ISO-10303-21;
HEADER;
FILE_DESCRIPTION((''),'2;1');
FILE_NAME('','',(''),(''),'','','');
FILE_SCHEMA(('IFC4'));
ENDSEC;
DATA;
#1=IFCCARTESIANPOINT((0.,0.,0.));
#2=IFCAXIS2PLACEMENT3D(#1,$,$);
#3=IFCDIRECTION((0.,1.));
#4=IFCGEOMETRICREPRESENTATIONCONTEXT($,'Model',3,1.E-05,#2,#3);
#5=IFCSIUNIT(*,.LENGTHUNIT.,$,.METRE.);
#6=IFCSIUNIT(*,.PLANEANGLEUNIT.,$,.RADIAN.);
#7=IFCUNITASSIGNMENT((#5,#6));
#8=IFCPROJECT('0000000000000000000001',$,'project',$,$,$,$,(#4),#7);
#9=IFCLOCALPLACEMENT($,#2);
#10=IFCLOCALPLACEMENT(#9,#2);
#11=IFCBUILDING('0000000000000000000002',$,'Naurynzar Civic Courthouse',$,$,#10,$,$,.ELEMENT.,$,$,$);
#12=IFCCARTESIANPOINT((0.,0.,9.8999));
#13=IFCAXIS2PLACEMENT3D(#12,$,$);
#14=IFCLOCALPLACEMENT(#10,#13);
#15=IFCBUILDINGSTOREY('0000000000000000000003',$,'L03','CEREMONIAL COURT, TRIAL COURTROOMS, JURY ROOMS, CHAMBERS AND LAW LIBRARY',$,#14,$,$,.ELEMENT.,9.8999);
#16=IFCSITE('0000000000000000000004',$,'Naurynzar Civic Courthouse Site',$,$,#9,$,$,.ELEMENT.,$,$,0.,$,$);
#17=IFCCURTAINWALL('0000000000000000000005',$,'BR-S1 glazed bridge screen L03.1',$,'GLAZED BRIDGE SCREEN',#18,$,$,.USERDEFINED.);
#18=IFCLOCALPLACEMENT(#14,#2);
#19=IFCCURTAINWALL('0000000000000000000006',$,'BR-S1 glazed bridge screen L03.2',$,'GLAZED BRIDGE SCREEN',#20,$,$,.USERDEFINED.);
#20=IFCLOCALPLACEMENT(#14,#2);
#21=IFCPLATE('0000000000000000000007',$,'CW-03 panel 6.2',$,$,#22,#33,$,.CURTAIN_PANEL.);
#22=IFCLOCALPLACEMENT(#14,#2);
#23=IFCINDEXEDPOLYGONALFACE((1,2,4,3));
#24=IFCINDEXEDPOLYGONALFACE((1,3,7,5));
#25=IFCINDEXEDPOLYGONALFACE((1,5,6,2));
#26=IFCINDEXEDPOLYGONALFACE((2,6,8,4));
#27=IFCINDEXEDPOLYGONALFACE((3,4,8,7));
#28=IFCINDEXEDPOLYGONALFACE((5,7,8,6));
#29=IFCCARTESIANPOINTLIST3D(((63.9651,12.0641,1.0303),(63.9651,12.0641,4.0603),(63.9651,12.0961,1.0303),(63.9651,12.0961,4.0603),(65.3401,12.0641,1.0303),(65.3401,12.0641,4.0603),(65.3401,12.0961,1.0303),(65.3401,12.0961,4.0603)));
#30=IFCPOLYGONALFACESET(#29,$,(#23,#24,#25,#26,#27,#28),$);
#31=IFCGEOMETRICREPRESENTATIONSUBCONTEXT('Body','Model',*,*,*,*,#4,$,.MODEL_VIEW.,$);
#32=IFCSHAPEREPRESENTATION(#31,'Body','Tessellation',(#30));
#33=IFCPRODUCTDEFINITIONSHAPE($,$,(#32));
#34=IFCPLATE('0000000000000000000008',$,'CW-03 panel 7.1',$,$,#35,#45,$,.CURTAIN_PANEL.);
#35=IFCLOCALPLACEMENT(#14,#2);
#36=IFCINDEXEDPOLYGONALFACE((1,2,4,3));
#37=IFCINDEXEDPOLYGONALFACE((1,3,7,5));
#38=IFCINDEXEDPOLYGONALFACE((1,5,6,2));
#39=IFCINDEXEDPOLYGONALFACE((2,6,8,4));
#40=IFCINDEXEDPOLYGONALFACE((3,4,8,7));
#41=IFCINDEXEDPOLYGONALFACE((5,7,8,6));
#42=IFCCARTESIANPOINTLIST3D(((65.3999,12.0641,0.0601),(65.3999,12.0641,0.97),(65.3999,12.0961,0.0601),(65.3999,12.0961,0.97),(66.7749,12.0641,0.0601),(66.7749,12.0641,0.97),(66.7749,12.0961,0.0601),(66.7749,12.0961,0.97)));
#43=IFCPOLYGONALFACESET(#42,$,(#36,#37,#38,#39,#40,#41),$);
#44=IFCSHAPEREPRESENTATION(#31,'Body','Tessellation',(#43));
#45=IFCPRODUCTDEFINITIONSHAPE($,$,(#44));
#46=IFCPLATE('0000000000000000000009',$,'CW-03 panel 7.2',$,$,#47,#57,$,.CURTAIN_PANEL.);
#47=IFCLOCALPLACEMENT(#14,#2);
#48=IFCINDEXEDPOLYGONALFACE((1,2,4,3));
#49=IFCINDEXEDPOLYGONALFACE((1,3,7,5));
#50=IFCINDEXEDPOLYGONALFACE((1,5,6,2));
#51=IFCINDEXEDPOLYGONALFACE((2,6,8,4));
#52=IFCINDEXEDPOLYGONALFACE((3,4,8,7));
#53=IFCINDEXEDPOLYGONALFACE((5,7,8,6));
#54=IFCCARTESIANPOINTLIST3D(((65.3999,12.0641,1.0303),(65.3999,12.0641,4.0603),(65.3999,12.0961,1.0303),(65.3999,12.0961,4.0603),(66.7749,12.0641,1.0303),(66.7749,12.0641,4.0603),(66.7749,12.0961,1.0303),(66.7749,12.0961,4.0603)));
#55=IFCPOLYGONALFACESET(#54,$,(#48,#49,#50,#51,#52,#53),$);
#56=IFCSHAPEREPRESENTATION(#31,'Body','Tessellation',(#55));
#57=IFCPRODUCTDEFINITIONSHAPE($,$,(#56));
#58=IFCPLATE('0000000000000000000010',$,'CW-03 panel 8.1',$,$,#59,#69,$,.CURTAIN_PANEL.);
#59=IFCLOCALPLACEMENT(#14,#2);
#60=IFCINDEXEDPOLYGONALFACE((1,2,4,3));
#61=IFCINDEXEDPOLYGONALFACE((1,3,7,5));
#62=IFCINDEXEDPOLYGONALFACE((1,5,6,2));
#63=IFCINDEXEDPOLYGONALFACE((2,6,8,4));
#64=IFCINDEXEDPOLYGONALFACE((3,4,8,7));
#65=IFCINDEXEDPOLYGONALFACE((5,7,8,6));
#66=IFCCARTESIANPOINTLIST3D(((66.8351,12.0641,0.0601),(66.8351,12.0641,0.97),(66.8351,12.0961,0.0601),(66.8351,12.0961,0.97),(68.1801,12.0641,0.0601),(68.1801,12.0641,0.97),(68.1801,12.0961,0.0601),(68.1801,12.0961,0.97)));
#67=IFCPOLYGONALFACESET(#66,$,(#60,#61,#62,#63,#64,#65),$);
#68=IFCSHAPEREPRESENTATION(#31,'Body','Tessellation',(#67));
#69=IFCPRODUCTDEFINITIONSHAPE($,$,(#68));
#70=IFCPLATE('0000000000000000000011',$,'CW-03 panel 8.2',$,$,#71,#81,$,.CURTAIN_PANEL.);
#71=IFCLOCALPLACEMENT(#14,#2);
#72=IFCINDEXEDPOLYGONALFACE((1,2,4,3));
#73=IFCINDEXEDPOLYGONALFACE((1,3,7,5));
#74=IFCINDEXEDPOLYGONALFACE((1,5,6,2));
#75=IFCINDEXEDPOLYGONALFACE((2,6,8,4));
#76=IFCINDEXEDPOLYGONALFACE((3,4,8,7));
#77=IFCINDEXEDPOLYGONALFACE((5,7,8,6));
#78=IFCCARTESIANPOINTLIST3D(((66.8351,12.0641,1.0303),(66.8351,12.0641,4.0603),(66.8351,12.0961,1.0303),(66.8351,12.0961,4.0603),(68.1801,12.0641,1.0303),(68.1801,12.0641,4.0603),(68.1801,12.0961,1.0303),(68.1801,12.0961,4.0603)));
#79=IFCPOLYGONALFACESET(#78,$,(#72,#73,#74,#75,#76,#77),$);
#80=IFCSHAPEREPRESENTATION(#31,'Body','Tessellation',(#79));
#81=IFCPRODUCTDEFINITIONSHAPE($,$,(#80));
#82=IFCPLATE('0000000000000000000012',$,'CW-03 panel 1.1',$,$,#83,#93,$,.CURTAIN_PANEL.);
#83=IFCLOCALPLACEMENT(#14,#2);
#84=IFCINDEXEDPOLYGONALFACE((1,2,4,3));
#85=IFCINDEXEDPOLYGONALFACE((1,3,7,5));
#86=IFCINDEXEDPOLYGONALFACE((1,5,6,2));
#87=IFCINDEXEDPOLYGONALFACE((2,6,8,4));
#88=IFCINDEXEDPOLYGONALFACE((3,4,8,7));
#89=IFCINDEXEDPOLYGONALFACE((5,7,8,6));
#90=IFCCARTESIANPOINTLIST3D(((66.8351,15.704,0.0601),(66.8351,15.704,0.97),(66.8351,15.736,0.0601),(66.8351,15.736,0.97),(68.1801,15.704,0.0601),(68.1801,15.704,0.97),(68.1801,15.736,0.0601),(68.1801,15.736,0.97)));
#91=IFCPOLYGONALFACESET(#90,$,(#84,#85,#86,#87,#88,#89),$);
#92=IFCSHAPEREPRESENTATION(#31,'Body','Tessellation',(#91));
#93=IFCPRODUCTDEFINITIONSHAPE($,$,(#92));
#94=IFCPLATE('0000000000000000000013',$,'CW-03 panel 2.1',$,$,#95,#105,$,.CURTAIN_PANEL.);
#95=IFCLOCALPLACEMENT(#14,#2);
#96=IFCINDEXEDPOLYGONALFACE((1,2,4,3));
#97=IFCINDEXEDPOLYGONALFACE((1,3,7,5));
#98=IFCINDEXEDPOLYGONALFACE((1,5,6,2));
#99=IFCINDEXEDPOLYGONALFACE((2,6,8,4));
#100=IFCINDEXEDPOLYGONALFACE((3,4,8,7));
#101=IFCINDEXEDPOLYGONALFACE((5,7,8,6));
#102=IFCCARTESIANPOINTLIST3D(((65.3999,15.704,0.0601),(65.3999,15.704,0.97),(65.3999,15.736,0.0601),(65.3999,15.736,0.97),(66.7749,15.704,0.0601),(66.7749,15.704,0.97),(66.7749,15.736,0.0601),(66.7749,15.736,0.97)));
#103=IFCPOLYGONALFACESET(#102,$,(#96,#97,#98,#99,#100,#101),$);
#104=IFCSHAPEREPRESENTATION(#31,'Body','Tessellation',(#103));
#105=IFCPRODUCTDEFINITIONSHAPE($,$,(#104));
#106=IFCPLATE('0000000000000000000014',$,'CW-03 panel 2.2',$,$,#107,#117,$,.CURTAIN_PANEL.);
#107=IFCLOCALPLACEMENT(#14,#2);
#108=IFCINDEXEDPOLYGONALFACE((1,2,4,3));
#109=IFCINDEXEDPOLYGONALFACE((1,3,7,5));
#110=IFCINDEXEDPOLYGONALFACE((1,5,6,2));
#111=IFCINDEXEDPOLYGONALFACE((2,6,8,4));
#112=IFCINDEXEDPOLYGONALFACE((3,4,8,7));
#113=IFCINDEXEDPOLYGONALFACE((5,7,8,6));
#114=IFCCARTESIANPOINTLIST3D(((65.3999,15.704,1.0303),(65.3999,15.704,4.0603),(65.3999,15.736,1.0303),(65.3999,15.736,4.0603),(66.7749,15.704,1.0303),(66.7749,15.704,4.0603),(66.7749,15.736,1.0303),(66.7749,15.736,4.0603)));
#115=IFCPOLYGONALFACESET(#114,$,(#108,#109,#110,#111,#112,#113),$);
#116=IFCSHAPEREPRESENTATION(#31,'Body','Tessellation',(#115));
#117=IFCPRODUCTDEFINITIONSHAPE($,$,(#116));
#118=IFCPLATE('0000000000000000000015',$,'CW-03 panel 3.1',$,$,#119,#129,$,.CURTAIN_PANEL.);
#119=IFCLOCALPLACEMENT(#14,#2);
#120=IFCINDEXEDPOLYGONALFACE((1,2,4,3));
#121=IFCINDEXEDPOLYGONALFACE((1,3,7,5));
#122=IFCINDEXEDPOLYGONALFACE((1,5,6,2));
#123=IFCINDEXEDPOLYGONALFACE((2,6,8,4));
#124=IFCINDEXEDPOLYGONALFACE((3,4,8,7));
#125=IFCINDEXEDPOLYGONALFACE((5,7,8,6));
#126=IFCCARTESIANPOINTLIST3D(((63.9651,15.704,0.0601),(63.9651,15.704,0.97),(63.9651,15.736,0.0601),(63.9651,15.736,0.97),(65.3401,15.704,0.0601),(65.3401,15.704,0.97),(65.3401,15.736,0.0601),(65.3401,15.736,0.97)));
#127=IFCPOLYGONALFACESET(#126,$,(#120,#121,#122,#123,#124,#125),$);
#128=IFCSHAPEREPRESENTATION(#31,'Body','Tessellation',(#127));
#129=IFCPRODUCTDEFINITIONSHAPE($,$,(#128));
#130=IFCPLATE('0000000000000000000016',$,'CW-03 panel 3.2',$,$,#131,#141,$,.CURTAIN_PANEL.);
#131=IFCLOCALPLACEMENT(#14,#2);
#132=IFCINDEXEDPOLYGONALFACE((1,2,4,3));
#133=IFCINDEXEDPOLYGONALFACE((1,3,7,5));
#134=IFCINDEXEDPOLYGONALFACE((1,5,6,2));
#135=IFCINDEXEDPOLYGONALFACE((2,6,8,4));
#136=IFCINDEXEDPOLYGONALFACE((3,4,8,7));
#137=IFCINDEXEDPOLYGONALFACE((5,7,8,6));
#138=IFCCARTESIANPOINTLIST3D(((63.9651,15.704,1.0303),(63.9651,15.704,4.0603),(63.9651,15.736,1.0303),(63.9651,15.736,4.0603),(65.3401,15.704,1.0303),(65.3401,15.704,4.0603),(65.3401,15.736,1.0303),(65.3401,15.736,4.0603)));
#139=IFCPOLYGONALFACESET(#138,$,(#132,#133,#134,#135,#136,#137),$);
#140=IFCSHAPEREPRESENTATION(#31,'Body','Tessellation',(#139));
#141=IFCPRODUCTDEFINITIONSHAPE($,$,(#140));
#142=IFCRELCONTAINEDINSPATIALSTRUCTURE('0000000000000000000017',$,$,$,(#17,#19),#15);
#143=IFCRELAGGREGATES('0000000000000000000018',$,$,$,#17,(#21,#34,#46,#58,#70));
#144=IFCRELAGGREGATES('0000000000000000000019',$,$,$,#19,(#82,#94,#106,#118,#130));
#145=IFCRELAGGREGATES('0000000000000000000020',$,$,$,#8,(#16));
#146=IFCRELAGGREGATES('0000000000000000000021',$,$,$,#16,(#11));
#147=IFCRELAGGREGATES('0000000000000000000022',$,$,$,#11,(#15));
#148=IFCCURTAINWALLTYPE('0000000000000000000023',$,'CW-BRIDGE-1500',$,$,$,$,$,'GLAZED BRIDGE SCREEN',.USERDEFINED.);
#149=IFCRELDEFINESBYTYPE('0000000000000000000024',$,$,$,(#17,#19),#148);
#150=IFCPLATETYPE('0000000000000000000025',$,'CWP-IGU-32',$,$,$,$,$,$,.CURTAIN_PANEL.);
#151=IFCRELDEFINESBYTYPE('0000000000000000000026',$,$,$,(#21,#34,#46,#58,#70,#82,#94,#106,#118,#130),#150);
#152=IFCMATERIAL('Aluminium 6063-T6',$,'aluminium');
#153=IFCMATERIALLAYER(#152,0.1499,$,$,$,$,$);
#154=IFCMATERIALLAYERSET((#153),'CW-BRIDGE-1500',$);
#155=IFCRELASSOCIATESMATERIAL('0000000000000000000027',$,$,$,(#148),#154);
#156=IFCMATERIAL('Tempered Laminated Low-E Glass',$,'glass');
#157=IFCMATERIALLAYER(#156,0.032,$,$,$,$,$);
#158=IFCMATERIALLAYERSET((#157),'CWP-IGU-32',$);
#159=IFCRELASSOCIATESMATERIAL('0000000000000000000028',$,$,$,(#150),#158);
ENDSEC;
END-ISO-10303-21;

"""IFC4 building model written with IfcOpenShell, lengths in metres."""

from ifc_helpers import new_model, si_unit, direction, frame, origin, origin_2d, place, context, subcontext, project, spatial, rectangle, extrude, material, layer, layer_set, type_object, element, aggregate, save


model = new_model("IFC4")

# Units and contexts
model_context = context("Model", 3, precision=1e-05, world=origin(), true_north=direction((0.0, 1.0)))
body_context = subcontext(model_context, "Body", "Model", "MODEL_VIEW")
ifc_project = project(units=[si_unit("LENGTHUNIT", "METRE"), si_unit("PLANEANGLEUNIT", "RADIAN")], contexts=[model_context])

# Site, building, storey
site_placement = place(None, origin())
site = spatial("IfcSite", under=ifc_project, at=site_placement, Name="Naurynzar Civic Courthouse Site", CompositionType="ELEMENT", RefElevation=0.0)
building_placement = place(site_placement, origin())
building = spatial("IfcBuilding", under=site, at=building_placement, Name="Naurynzar Civic Courthouse", CompositionType="ELEMENT")
storey_placement = place(building_placement, frame((0.0, 0.0, 9.8999)))
storey = spatial("IfcBuildingStorey", under=building, at=storey_placement, Name="L03", Description="CEREMONIAL COURT, TRIAL COURTROOMS, JURY ROOMS, CHAMBERS AND LAW LIBRARY", CompositionType="ELEMENT", Elevation=9.8999)

# Curtain walls
ifc_material_1 = material(Name="Aluminium 6063-T6", Category="aluminium")
ifc_layer_1 = layer(ifc_material_1, 0.1499)
ifc_layer_set_1 = layer_set([ifc_layer_1], Name="CW-BRIDGE-1500")
curtain_wall_type = type_object("IfcCurtainWallType", Name="CW-BRIDGE-1500", ElementType="GLAZED BRIDGE SCREEN", PredefinedType="USERDEFINED", material=ifc_layer_set_1)
curtain_wall_1_placement = place(storey_placement, origin())
curtain_wall_1 = element("IfcCurtainWall", 1, at=curtain_wall_1_placement, inside=storey, type_object=curtain_wall_type, Name="BR-S1 glazed bridge screen L03.1", ObjectType="GLAZED BRIDGE SCREEN", PredefinedType="USERDEFINED")
curtain_wall_2_placement = place(storey_placement, origin())
curtain_wall_2 = element("IfcCurtainWall", 2, at=curtain_wall_2_placement, inside=storey, type_object=curtain_wall_type, Name="BR-S1 glazed bridge screen L03.2", ObjectType="GLAZED BRIDGE SCREEN", PredefinedType="USERDEFINED")

# Plates
ifc_material_2 = material(Name="Tempered Laminated Low-E Glass", Category="glass")
ifc_layer_2 = layer(ifc_material_2, 0.032)
ifc_layer_set_2 = layer_set([ifc_layer_2], Name="CWP-IGU-32")
plate_type = type_object("IfcPlateType", Name="CWP-IGU-32", PredefinedType="CURTAIN_PANEL", material=ifc_layer_set_2)
plate_1_placement = place(storey_placement, frame((64.6526, 12.0801, 1.0303), z_axis=(0.0, 0.0, 1.0), x_axis=(1.0, 0.0, 0.0)))
plate_1 = element("IfcPlate", 3, at=plate_1_placement, type_object=plate_type, Name="CW-03 panel 6.2", PredefinedType="CURTAIN_PANEL", context=body_context, shape_type="SweptSolid", body=[
    extrude(rectangle(XDim=1.375, YDim=0.032, at=origin_2d()), origin(), (0.0, 0.0, 1.0), 3.03),
])
plate_2_placement = place(storey_placement, frame((66.0874, 12.0801, 0.0601), z_axis=(0.0, 0.0, 1.0), x_axis=(1.0, 0.0, 0.0)))
plate_2 = element("IfcPlate", 4, at=plate_2_placement, type_object=plate_type, Name="CW-03 panel 7.1", PredefinedType="CURTAIN_PANEL", context=body_context, shape_type="SweptSolid", body=[
    extrude(rectangle(XDim=1.375, YDim=0.032, at=origin_2d()), origin(), (0.0, 0.0, 1.0), 0.9099),
])
plate_3_placement = place(storey_placement, frame((66.0874, 12.0801, 1.0303), z_axis=(0.0, 0.0, 1.0), x_axis=(1.0, 0.0, 0.0)))
plate_3 = element("IfcPlate", 5, at=plate_3_placement, type_object=plate_type, Name="CW-03 panel 7.2", PredefinedType="CURTAIN_PANEL", context=body_context, shape_type="SweptSolid", body=[
    extrude(rectangle(XDim=1.375, YDim=0.032, at=origin_2d()), origin(), (0.0, 0.0, 1.0), 3.03),
])
plate_4_placement = place(storey_placement, frame((67.5076, 12.0801, 0.0601), z_axis=(0.0, 0.0, 1.0), x_axis=(1.0, 0.0, 0.0)))
plate_4 = element("IfcPlate", 6, at=plate_4_placement, type_object=plate_type, Name="CW-03 panel 8.1", PredefinedType="CURTAIN_PANEL", context=body_context, shape_type="SweptSolid", body=[
    extrude(rectangle(XDim=1.345, YDim=0.032, at=origin_2d()), origin(), (0.0, 0.0, 1.0), 0.9099),
])
plate_5_placement = place(storey_placement, frame((67.5076, 12.0801, 1.0303), z_axis=(0.0, 0.0, 1.0), x_axis=(1.0, 0.0, 0.0)))
plate_5 = element("IfcPlate", 7, at=plate_5_placement, type_object=plate_type, Name="CW-03 panel 8.2", PredefinedType="CURTAIN_PANEL", context=body_context, shape_type="SweptSolid", body=[
    extrude(rectangle(XDim=1.345, YDim=0.032, at=origin_2d()), origin(), (0.0, 0.0, 1.0), 3.03),
])
aggregate(curtain_wall_1, [plate_1, plate_2, plate_3, plate_4, plate_5])
plate_6_placement = place(storey_placement, frame((67.5076, 15.72, 0.0601), z_axis=(0.0, 0.0, 1.0), x_axis=(-1.0, 0.0, 0.0)))
plate_6 = element("IfcPlate", 8, at=plate_6_placement, type_object=plate_type, Name="CW-03 panel 1.1", PredefinedType="CURTAIN_PANEL", context=body_context, shape_type="SweptSolid", body=[
    extrude(rectangle(XDim=1.345, YDim=0.032, at=origin_2d()), origin(), (0.0, 0.0, 1.0), 0.9099),
])
plate_7_placement = place(storey_placement, frame((66.0874, 15.72, 0.0601), z_axis=(0.0, 0.0, 1.0), x_axis=(-1.0, 0.0, 0.0)))
plate_7 = element("IfcPlate", 9, at=plate_7_placement, type_object=plate_type, Name="CW-03 panel 2.1", PredefinedType="CURTAIN_PANEL", context=body_context, shape_type="SweptSolid", body=[
    extrude(rectangle(XDim=1.375, YDim=0.032, at=origin_2d()), origin(), (0.0, 0.0, 1.0), 0.9099),
])
plate_8_placement = place(storey_placement, frame((66.0874, 15.72, 1.0303), z_axis=(0.0, 0.0, 1.0), x_axis=(-1.0, 0.0, 0.0)))
plate_8 = element("IfcPlate", 10, at=plate_8_placement, type_object=plate_type, Name="CW-03 panel 2.2", PredefinedType="CURTAIN_PANEL", context=body_context, shape_type="SweptSolid", body=[
    extrude(rectangle(XDim=1.375, YDim=0.032, at=origin_2d()), origin(), (0.0, 0.0, 1.0), 3.03),
])
plate_9_placement = place(storey_placement, frame((64.6526, 15.72, 0.0601), z_axis=(0.0, 0.0, 1.0), x_axis=(-1.0, 0.0, 0.0)))
plate_9 = element("IfcPlate", 11, at=plate_9_placement, type_object=plate_type, Name="CW-03 panel 3.1", PredefinedType="CURTAIN_PANEL", context=body_context, shape_type="SweptSolid", body=[
    extrude(rectangle(XDim=1.375, YDim=0.032, at=origin_2d()), origin(), (0.0, 0.0, 1.0), 0.9099),
])
plate_10_placement = place(storey_placement, frame((64.6526, 15.72, 1.0303), z_axis=(0.0, 0.0, 1.0), x_axis=(-1.0, 0.0, 0.0)))
plate_10 = element("IfcPlate", 12, at=plate_10_placement, type_object=plate_type, Name="CW-03 panel 3.2", PredefinedType="CURTAIN_PANEL", context=body_context, shape_type="SweptSolid", body=[
    extrude(rectangle(XDim=1.375, YDim=0.032, at=origin_2d()), origin(), (0.0, 0.0, 1.0), 3.03),
])
aggregate(curtain_wall_2, [plate_6, plate_7, plate_8, plate_9, plate_10])

save(model, "model.ifc")
